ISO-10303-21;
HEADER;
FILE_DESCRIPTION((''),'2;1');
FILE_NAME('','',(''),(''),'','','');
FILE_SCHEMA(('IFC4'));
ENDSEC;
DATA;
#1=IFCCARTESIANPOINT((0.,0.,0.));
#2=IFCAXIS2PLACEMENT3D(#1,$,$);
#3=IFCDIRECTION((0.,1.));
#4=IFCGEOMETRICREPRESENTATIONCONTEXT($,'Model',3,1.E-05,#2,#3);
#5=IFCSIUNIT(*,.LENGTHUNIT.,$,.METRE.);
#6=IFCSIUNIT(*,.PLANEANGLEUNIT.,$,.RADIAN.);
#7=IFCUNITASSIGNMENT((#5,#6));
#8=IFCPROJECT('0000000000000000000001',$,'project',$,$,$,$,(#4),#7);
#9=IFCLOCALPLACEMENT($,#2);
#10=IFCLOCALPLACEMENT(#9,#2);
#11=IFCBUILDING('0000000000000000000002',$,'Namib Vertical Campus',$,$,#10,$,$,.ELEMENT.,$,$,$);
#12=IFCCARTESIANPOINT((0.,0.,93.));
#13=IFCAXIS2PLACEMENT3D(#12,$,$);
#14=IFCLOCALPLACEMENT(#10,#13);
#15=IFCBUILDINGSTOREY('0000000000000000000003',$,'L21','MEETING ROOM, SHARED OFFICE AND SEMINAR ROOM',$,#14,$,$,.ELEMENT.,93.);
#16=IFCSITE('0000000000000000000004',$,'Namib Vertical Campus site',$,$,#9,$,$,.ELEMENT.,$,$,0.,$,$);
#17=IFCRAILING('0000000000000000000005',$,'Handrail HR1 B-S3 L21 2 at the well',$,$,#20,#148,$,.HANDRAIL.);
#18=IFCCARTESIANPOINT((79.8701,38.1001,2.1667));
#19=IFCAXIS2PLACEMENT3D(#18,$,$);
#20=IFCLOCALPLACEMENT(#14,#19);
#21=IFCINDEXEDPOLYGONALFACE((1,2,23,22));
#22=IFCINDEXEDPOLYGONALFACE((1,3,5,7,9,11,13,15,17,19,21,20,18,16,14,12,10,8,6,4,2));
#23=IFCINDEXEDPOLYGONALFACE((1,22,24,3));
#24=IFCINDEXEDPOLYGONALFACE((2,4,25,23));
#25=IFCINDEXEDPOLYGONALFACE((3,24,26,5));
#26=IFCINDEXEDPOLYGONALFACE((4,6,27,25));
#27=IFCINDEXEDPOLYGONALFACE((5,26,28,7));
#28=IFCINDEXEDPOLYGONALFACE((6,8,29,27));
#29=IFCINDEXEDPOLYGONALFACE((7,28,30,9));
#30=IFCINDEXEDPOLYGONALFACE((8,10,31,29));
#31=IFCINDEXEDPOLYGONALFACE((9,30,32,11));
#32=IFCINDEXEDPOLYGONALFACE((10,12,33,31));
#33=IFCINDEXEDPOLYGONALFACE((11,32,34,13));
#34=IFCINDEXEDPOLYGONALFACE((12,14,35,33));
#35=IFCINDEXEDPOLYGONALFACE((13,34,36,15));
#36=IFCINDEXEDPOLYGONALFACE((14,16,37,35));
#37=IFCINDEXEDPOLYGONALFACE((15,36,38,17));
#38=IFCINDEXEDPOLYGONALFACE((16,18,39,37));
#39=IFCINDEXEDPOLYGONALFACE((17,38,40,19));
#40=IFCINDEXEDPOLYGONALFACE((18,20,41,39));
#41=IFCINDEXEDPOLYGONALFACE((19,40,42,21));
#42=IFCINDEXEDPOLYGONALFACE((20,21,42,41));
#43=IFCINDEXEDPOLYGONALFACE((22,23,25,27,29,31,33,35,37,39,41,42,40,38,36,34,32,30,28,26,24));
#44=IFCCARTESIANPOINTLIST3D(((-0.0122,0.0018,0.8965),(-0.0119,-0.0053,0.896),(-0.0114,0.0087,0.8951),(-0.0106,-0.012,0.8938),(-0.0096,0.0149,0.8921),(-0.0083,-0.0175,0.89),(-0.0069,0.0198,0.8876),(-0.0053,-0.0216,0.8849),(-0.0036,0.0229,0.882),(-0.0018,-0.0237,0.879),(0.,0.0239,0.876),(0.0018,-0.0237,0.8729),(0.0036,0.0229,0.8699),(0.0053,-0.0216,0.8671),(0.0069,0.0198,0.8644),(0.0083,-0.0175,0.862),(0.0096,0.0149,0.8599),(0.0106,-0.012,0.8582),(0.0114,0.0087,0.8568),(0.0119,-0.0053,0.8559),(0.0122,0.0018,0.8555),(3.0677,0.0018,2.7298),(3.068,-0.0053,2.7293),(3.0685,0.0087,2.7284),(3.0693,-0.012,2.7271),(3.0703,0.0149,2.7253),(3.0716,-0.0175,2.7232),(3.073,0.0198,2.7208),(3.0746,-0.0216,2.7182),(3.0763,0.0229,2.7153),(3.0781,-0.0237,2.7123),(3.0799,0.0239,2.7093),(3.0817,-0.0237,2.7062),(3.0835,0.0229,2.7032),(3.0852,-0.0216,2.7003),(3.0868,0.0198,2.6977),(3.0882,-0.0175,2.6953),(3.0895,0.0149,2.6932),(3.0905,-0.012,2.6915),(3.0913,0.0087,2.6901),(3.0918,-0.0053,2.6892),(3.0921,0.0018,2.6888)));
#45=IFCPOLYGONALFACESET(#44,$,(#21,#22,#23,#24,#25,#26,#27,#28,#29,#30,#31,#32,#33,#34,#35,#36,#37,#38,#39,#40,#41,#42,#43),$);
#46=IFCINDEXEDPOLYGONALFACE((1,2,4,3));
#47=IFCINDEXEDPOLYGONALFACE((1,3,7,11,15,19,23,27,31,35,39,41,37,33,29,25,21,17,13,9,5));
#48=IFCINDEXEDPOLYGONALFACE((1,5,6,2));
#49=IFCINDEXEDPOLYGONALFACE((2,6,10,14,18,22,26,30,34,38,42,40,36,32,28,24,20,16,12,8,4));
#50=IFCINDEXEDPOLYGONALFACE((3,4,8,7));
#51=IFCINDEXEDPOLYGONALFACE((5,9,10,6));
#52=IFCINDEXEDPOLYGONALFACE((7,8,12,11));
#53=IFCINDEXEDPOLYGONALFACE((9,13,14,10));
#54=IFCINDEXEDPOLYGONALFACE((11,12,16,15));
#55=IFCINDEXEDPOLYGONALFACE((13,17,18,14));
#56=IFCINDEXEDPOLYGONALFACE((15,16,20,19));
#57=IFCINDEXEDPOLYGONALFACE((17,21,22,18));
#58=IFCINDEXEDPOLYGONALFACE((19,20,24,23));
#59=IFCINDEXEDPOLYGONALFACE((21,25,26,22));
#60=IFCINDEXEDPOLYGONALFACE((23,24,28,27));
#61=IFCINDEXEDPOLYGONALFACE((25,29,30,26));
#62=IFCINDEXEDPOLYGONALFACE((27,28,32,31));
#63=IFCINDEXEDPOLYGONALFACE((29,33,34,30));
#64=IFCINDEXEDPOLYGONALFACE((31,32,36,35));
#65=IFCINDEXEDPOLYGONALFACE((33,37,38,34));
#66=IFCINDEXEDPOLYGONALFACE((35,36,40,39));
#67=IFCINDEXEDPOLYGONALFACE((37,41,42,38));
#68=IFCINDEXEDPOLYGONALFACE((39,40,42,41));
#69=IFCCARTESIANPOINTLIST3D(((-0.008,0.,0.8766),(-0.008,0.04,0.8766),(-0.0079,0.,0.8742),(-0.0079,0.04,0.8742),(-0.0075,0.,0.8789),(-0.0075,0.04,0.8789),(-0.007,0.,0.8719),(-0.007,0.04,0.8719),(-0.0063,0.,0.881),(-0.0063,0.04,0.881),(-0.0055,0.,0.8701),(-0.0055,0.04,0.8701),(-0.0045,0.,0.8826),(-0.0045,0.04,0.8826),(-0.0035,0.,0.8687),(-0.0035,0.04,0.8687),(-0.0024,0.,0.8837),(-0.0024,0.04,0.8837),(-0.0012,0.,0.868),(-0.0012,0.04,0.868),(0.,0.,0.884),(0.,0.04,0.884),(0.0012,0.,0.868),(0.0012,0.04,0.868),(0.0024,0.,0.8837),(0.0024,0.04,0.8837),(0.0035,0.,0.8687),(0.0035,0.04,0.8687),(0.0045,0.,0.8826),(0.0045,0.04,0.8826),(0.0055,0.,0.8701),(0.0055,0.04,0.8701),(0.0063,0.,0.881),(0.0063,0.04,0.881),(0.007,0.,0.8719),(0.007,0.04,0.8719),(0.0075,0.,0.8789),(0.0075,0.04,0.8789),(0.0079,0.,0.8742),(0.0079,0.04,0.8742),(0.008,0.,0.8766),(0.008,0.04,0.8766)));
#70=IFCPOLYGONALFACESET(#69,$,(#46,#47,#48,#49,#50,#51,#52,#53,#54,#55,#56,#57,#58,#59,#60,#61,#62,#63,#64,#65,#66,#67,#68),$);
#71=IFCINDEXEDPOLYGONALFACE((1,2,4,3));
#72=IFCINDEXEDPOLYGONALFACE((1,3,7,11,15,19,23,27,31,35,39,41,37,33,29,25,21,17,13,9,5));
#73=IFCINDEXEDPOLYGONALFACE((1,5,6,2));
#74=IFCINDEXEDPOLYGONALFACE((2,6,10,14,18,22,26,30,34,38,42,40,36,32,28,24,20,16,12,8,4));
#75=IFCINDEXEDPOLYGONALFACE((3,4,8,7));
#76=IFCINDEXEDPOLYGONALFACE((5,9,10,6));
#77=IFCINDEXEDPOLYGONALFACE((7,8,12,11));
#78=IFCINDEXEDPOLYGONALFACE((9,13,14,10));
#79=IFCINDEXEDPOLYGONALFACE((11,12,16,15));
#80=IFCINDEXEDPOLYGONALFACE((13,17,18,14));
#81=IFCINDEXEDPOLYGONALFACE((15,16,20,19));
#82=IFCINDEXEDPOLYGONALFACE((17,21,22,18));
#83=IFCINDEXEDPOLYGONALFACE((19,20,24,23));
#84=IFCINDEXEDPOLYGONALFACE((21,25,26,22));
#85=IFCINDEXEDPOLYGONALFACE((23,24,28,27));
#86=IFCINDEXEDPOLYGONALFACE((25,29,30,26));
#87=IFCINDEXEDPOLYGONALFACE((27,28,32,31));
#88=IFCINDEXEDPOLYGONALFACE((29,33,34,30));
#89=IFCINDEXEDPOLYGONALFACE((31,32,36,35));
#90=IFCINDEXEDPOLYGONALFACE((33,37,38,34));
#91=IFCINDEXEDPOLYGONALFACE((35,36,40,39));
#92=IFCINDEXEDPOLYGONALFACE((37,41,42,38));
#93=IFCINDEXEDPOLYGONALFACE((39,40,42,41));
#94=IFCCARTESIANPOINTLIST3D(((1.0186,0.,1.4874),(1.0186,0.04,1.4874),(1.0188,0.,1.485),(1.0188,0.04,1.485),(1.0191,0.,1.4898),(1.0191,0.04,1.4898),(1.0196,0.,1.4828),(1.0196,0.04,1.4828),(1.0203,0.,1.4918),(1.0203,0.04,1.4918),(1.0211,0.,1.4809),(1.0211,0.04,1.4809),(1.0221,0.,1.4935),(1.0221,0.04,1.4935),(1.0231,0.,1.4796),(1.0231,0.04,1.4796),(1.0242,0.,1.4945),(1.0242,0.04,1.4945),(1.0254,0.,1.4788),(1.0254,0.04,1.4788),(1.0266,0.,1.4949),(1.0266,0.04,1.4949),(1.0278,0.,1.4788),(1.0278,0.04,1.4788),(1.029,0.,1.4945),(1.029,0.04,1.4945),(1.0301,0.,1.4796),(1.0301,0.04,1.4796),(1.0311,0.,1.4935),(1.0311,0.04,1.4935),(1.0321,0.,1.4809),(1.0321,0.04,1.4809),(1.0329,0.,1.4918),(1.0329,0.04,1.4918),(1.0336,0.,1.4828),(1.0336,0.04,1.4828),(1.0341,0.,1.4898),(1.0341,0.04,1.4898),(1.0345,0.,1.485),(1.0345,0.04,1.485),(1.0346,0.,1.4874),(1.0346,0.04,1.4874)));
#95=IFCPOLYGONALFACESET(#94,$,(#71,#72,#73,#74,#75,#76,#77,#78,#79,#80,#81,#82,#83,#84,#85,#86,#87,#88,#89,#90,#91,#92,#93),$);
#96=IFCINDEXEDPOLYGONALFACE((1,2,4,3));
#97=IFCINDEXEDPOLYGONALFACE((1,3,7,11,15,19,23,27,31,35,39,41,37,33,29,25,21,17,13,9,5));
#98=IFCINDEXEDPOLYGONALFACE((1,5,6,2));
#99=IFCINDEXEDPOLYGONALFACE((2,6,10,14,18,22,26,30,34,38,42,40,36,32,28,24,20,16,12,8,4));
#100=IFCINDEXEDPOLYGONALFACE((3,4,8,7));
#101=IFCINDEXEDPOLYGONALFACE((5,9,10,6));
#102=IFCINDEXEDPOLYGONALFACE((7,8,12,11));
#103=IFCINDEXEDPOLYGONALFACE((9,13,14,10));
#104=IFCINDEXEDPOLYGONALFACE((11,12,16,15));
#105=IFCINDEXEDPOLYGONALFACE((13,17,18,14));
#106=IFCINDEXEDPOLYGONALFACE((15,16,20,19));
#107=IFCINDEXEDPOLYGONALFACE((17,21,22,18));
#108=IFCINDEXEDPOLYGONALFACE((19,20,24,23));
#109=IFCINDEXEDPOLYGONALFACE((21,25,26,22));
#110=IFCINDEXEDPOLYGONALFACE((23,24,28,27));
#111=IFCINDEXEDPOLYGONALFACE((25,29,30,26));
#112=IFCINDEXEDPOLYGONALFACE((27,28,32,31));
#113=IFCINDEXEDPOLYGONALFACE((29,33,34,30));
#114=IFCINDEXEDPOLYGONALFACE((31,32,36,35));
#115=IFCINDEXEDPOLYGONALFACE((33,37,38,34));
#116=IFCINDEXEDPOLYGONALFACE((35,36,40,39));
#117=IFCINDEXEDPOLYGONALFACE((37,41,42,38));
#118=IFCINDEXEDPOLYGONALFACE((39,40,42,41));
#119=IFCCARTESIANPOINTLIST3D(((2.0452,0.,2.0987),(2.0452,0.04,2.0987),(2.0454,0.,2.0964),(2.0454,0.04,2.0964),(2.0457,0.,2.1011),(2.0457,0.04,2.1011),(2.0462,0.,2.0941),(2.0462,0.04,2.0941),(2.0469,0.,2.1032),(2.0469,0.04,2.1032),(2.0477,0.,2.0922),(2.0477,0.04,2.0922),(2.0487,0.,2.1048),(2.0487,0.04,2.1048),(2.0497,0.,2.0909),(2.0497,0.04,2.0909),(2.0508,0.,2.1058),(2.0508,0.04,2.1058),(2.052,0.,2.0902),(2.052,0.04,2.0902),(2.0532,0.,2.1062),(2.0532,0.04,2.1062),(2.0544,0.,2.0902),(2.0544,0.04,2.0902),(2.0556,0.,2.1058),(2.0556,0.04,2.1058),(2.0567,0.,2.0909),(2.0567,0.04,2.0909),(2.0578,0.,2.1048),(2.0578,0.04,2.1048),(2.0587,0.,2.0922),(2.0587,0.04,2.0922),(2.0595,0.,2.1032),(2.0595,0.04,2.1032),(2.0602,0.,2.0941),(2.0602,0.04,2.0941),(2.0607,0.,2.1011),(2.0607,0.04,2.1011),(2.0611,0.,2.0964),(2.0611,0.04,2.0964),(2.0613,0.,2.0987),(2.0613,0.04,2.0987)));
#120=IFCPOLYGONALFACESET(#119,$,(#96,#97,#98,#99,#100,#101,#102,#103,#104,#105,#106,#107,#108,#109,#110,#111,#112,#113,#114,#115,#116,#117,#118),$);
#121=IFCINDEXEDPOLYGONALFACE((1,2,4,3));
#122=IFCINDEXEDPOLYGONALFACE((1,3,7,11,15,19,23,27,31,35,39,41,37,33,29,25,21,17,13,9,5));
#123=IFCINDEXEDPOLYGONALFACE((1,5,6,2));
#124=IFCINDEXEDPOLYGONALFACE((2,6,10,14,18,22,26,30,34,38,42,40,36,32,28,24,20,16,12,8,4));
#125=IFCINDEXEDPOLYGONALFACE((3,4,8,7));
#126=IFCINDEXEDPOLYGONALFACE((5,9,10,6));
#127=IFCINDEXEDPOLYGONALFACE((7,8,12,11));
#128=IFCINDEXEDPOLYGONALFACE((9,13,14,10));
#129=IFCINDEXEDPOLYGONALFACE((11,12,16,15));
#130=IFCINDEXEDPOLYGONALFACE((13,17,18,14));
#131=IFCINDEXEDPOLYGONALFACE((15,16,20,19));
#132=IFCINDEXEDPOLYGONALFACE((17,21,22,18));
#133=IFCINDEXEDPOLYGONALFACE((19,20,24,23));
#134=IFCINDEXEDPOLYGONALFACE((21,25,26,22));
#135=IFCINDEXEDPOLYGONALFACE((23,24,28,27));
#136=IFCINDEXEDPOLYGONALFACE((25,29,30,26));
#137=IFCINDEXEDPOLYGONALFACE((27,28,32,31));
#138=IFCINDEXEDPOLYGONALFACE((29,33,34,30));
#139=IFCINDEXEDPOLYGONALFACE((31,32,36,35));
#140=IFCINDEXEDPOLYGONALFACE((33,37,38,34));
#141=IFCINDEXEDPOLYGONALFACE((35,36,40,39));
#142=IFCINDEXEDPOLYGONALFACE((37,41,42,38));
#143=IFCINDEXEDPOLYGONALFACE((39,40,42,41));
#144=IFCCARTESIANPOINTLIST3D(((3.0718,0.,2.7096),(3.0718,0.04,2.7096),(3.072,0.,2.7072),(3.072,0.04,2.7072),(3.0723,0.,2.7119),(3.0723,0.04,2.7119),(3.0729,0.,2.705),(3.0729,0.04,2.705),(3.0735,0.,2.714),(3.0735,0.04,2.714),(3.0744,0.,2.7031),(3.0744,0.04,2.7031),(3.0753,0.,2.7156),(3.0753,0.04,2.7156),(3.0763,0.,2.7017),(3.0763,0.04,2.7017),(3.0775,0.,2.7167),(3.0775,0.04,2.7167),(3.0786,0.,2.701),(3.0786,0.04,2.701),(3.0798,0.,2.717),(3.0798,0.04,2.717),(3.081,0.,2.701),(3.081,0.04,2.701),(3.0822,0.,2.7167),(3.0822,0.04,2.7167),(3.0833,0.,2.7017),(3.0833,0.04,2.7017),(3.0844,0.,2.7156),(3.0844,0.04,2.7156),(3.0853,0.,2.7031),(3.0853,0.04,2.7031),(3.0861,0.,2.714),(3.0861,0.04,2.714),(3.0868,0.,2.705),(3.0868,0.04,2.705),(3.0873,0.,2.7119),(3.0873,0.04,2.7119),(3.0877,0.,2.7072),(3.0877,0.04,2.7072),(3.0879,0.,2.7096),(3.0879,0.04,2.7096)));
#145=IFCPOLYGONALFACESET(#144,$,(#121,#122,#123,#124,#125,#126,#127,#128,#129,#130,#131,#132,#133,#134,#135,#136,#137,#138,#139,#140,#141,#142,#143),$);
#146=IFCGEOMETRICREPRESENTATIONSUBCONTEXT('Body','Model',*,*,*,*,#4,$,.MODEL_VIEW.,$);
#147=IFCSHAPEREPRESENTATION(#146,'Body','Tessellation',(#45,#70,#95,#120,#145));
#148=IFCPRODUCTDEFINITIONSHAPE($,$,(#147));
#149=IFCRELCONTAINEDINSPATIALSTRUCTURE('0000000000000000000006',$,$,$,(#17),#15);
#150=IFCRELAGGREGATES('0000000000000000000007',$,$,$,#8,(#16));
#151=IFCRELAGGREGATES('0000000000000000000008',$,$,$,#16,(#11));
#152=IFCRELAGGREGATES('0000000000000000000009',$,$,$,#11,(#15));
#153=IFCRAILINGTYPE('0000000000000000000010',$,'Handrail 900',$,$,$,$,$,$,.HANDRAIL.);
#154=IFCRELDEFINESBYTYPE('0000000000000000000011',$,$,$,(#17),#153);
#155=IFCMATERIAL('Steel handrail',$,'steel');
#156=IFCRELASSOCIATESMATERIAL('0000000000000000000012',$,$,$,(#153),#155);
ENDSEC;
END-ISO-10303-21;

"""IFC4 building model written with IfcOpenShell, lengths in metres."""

from ifc_helpers import new_model, si_unit, direction, frame, origin, origin_2d, place, context, subcontext, project, spatial, circle, extrude, material, type_object, element, save


model = new_model("IFC4")

# Units and contexts
model_context = context("Model", 3, precision=1e-05, world=origin(), true_north=direction((0.0, 1.0)))
body_context = subcontext(model_context, "Body", "Model", "MODEL_VIEW")
ifc_project = project(units=[si_unit("LENGTHUNIT", "METRE"), si_unit("PLANEANGLEUNIT", "RADIAN")], contexts=[model_context])

# Site, building, storey
site_placement = place(None, origin())
site = spatial("IfcSite", under=ifc_project, at=site_placement, Name="Namib Vertical Campus site", CompositionType="ELEMENT", RefElevation=0.0)
building_placement = place(site_placement, origin())
building = spatial("IfcBuilding", under=site, at=building_placement, Name="Namib Vertical Campus", CompositionType="ELEMENT")
storey_placement = place(building_placement, frame((0.0, 0.0, 93.0)))
storey = spatial("IfcBuildingStorey", under=building, at=storey_placement, Name="L21", Description="MEETING ROOM, SHARED OFFICE AND SEMINAR ROOM", CompositionType="ELEMENT", Elevation=93.0)

# Railing
ifc_material_1 = material(Name="Steel handrail", Category="steel")
railing_type_1 = type_object("IfcRailingType", Name="Handrail 900", PredefinedType="HANDRAIL", material=ifc_material_1)
railing_1_placement = place(storey_placement, frame((79.8701, 38.1001, 2.1667)))
element("IfcRailing", 1, at=railing_1_placement, inside=storey, type_object=railing_type_1, Name="Handrail HR1 B-S3 L21 2 at the well", PredefinedType="HANDRAIL", context=body_context, shape_type="SweptSolid", body=[
    extrude(circle(Radius=0.0239, at=origin_2d()), frame((0.0, 0.0, 0.876), z_axis=(0.859291, 0.0, 0.511487), x_axis=(0.0, 1.0, 0.0)), (0.0, 0.0, 1.0), 3.5842),
    extrude(circle(Radius=0.0081, at=origin_2d()), frame((0.0, 0.0, 0.876), z_axis=(0.0, 1.0, 0.0), x_axis=(0.0, 0.0, 1.0)), (0.0, 0.0, 1.0), 0.04),
    extrude(circle(Radius=0.0081, at=origin_2d()), frame((1.0266, 0.0, 1.4868), z_axis=(0.0, 1.0, 0.0), x_axis=(0.0, 0.0, 1.0)), (0.0, 0.0, 1.0), 0.04),
    extrude(circle(Radius=0.0081, at=origin_2d()), frame((2.0532, 0.0, 2.0981), z_axis=(0.0, 1.0, 0.0), x_axis=(0.0, 0.0, 1.0)), (0.0, 0.0, 1.0), 0.04),
    extrude(circle(Radius=0.0081, at=origin_2d()), frame((3.0798, 0.0, 2.709), z_axis=(0.0, 1.0, 0.0), x_axis=(0.0, 0.0, 1.0)), (0.0, 0.0, 1.0), 0.04),
])

save(model, "model.ifc")
